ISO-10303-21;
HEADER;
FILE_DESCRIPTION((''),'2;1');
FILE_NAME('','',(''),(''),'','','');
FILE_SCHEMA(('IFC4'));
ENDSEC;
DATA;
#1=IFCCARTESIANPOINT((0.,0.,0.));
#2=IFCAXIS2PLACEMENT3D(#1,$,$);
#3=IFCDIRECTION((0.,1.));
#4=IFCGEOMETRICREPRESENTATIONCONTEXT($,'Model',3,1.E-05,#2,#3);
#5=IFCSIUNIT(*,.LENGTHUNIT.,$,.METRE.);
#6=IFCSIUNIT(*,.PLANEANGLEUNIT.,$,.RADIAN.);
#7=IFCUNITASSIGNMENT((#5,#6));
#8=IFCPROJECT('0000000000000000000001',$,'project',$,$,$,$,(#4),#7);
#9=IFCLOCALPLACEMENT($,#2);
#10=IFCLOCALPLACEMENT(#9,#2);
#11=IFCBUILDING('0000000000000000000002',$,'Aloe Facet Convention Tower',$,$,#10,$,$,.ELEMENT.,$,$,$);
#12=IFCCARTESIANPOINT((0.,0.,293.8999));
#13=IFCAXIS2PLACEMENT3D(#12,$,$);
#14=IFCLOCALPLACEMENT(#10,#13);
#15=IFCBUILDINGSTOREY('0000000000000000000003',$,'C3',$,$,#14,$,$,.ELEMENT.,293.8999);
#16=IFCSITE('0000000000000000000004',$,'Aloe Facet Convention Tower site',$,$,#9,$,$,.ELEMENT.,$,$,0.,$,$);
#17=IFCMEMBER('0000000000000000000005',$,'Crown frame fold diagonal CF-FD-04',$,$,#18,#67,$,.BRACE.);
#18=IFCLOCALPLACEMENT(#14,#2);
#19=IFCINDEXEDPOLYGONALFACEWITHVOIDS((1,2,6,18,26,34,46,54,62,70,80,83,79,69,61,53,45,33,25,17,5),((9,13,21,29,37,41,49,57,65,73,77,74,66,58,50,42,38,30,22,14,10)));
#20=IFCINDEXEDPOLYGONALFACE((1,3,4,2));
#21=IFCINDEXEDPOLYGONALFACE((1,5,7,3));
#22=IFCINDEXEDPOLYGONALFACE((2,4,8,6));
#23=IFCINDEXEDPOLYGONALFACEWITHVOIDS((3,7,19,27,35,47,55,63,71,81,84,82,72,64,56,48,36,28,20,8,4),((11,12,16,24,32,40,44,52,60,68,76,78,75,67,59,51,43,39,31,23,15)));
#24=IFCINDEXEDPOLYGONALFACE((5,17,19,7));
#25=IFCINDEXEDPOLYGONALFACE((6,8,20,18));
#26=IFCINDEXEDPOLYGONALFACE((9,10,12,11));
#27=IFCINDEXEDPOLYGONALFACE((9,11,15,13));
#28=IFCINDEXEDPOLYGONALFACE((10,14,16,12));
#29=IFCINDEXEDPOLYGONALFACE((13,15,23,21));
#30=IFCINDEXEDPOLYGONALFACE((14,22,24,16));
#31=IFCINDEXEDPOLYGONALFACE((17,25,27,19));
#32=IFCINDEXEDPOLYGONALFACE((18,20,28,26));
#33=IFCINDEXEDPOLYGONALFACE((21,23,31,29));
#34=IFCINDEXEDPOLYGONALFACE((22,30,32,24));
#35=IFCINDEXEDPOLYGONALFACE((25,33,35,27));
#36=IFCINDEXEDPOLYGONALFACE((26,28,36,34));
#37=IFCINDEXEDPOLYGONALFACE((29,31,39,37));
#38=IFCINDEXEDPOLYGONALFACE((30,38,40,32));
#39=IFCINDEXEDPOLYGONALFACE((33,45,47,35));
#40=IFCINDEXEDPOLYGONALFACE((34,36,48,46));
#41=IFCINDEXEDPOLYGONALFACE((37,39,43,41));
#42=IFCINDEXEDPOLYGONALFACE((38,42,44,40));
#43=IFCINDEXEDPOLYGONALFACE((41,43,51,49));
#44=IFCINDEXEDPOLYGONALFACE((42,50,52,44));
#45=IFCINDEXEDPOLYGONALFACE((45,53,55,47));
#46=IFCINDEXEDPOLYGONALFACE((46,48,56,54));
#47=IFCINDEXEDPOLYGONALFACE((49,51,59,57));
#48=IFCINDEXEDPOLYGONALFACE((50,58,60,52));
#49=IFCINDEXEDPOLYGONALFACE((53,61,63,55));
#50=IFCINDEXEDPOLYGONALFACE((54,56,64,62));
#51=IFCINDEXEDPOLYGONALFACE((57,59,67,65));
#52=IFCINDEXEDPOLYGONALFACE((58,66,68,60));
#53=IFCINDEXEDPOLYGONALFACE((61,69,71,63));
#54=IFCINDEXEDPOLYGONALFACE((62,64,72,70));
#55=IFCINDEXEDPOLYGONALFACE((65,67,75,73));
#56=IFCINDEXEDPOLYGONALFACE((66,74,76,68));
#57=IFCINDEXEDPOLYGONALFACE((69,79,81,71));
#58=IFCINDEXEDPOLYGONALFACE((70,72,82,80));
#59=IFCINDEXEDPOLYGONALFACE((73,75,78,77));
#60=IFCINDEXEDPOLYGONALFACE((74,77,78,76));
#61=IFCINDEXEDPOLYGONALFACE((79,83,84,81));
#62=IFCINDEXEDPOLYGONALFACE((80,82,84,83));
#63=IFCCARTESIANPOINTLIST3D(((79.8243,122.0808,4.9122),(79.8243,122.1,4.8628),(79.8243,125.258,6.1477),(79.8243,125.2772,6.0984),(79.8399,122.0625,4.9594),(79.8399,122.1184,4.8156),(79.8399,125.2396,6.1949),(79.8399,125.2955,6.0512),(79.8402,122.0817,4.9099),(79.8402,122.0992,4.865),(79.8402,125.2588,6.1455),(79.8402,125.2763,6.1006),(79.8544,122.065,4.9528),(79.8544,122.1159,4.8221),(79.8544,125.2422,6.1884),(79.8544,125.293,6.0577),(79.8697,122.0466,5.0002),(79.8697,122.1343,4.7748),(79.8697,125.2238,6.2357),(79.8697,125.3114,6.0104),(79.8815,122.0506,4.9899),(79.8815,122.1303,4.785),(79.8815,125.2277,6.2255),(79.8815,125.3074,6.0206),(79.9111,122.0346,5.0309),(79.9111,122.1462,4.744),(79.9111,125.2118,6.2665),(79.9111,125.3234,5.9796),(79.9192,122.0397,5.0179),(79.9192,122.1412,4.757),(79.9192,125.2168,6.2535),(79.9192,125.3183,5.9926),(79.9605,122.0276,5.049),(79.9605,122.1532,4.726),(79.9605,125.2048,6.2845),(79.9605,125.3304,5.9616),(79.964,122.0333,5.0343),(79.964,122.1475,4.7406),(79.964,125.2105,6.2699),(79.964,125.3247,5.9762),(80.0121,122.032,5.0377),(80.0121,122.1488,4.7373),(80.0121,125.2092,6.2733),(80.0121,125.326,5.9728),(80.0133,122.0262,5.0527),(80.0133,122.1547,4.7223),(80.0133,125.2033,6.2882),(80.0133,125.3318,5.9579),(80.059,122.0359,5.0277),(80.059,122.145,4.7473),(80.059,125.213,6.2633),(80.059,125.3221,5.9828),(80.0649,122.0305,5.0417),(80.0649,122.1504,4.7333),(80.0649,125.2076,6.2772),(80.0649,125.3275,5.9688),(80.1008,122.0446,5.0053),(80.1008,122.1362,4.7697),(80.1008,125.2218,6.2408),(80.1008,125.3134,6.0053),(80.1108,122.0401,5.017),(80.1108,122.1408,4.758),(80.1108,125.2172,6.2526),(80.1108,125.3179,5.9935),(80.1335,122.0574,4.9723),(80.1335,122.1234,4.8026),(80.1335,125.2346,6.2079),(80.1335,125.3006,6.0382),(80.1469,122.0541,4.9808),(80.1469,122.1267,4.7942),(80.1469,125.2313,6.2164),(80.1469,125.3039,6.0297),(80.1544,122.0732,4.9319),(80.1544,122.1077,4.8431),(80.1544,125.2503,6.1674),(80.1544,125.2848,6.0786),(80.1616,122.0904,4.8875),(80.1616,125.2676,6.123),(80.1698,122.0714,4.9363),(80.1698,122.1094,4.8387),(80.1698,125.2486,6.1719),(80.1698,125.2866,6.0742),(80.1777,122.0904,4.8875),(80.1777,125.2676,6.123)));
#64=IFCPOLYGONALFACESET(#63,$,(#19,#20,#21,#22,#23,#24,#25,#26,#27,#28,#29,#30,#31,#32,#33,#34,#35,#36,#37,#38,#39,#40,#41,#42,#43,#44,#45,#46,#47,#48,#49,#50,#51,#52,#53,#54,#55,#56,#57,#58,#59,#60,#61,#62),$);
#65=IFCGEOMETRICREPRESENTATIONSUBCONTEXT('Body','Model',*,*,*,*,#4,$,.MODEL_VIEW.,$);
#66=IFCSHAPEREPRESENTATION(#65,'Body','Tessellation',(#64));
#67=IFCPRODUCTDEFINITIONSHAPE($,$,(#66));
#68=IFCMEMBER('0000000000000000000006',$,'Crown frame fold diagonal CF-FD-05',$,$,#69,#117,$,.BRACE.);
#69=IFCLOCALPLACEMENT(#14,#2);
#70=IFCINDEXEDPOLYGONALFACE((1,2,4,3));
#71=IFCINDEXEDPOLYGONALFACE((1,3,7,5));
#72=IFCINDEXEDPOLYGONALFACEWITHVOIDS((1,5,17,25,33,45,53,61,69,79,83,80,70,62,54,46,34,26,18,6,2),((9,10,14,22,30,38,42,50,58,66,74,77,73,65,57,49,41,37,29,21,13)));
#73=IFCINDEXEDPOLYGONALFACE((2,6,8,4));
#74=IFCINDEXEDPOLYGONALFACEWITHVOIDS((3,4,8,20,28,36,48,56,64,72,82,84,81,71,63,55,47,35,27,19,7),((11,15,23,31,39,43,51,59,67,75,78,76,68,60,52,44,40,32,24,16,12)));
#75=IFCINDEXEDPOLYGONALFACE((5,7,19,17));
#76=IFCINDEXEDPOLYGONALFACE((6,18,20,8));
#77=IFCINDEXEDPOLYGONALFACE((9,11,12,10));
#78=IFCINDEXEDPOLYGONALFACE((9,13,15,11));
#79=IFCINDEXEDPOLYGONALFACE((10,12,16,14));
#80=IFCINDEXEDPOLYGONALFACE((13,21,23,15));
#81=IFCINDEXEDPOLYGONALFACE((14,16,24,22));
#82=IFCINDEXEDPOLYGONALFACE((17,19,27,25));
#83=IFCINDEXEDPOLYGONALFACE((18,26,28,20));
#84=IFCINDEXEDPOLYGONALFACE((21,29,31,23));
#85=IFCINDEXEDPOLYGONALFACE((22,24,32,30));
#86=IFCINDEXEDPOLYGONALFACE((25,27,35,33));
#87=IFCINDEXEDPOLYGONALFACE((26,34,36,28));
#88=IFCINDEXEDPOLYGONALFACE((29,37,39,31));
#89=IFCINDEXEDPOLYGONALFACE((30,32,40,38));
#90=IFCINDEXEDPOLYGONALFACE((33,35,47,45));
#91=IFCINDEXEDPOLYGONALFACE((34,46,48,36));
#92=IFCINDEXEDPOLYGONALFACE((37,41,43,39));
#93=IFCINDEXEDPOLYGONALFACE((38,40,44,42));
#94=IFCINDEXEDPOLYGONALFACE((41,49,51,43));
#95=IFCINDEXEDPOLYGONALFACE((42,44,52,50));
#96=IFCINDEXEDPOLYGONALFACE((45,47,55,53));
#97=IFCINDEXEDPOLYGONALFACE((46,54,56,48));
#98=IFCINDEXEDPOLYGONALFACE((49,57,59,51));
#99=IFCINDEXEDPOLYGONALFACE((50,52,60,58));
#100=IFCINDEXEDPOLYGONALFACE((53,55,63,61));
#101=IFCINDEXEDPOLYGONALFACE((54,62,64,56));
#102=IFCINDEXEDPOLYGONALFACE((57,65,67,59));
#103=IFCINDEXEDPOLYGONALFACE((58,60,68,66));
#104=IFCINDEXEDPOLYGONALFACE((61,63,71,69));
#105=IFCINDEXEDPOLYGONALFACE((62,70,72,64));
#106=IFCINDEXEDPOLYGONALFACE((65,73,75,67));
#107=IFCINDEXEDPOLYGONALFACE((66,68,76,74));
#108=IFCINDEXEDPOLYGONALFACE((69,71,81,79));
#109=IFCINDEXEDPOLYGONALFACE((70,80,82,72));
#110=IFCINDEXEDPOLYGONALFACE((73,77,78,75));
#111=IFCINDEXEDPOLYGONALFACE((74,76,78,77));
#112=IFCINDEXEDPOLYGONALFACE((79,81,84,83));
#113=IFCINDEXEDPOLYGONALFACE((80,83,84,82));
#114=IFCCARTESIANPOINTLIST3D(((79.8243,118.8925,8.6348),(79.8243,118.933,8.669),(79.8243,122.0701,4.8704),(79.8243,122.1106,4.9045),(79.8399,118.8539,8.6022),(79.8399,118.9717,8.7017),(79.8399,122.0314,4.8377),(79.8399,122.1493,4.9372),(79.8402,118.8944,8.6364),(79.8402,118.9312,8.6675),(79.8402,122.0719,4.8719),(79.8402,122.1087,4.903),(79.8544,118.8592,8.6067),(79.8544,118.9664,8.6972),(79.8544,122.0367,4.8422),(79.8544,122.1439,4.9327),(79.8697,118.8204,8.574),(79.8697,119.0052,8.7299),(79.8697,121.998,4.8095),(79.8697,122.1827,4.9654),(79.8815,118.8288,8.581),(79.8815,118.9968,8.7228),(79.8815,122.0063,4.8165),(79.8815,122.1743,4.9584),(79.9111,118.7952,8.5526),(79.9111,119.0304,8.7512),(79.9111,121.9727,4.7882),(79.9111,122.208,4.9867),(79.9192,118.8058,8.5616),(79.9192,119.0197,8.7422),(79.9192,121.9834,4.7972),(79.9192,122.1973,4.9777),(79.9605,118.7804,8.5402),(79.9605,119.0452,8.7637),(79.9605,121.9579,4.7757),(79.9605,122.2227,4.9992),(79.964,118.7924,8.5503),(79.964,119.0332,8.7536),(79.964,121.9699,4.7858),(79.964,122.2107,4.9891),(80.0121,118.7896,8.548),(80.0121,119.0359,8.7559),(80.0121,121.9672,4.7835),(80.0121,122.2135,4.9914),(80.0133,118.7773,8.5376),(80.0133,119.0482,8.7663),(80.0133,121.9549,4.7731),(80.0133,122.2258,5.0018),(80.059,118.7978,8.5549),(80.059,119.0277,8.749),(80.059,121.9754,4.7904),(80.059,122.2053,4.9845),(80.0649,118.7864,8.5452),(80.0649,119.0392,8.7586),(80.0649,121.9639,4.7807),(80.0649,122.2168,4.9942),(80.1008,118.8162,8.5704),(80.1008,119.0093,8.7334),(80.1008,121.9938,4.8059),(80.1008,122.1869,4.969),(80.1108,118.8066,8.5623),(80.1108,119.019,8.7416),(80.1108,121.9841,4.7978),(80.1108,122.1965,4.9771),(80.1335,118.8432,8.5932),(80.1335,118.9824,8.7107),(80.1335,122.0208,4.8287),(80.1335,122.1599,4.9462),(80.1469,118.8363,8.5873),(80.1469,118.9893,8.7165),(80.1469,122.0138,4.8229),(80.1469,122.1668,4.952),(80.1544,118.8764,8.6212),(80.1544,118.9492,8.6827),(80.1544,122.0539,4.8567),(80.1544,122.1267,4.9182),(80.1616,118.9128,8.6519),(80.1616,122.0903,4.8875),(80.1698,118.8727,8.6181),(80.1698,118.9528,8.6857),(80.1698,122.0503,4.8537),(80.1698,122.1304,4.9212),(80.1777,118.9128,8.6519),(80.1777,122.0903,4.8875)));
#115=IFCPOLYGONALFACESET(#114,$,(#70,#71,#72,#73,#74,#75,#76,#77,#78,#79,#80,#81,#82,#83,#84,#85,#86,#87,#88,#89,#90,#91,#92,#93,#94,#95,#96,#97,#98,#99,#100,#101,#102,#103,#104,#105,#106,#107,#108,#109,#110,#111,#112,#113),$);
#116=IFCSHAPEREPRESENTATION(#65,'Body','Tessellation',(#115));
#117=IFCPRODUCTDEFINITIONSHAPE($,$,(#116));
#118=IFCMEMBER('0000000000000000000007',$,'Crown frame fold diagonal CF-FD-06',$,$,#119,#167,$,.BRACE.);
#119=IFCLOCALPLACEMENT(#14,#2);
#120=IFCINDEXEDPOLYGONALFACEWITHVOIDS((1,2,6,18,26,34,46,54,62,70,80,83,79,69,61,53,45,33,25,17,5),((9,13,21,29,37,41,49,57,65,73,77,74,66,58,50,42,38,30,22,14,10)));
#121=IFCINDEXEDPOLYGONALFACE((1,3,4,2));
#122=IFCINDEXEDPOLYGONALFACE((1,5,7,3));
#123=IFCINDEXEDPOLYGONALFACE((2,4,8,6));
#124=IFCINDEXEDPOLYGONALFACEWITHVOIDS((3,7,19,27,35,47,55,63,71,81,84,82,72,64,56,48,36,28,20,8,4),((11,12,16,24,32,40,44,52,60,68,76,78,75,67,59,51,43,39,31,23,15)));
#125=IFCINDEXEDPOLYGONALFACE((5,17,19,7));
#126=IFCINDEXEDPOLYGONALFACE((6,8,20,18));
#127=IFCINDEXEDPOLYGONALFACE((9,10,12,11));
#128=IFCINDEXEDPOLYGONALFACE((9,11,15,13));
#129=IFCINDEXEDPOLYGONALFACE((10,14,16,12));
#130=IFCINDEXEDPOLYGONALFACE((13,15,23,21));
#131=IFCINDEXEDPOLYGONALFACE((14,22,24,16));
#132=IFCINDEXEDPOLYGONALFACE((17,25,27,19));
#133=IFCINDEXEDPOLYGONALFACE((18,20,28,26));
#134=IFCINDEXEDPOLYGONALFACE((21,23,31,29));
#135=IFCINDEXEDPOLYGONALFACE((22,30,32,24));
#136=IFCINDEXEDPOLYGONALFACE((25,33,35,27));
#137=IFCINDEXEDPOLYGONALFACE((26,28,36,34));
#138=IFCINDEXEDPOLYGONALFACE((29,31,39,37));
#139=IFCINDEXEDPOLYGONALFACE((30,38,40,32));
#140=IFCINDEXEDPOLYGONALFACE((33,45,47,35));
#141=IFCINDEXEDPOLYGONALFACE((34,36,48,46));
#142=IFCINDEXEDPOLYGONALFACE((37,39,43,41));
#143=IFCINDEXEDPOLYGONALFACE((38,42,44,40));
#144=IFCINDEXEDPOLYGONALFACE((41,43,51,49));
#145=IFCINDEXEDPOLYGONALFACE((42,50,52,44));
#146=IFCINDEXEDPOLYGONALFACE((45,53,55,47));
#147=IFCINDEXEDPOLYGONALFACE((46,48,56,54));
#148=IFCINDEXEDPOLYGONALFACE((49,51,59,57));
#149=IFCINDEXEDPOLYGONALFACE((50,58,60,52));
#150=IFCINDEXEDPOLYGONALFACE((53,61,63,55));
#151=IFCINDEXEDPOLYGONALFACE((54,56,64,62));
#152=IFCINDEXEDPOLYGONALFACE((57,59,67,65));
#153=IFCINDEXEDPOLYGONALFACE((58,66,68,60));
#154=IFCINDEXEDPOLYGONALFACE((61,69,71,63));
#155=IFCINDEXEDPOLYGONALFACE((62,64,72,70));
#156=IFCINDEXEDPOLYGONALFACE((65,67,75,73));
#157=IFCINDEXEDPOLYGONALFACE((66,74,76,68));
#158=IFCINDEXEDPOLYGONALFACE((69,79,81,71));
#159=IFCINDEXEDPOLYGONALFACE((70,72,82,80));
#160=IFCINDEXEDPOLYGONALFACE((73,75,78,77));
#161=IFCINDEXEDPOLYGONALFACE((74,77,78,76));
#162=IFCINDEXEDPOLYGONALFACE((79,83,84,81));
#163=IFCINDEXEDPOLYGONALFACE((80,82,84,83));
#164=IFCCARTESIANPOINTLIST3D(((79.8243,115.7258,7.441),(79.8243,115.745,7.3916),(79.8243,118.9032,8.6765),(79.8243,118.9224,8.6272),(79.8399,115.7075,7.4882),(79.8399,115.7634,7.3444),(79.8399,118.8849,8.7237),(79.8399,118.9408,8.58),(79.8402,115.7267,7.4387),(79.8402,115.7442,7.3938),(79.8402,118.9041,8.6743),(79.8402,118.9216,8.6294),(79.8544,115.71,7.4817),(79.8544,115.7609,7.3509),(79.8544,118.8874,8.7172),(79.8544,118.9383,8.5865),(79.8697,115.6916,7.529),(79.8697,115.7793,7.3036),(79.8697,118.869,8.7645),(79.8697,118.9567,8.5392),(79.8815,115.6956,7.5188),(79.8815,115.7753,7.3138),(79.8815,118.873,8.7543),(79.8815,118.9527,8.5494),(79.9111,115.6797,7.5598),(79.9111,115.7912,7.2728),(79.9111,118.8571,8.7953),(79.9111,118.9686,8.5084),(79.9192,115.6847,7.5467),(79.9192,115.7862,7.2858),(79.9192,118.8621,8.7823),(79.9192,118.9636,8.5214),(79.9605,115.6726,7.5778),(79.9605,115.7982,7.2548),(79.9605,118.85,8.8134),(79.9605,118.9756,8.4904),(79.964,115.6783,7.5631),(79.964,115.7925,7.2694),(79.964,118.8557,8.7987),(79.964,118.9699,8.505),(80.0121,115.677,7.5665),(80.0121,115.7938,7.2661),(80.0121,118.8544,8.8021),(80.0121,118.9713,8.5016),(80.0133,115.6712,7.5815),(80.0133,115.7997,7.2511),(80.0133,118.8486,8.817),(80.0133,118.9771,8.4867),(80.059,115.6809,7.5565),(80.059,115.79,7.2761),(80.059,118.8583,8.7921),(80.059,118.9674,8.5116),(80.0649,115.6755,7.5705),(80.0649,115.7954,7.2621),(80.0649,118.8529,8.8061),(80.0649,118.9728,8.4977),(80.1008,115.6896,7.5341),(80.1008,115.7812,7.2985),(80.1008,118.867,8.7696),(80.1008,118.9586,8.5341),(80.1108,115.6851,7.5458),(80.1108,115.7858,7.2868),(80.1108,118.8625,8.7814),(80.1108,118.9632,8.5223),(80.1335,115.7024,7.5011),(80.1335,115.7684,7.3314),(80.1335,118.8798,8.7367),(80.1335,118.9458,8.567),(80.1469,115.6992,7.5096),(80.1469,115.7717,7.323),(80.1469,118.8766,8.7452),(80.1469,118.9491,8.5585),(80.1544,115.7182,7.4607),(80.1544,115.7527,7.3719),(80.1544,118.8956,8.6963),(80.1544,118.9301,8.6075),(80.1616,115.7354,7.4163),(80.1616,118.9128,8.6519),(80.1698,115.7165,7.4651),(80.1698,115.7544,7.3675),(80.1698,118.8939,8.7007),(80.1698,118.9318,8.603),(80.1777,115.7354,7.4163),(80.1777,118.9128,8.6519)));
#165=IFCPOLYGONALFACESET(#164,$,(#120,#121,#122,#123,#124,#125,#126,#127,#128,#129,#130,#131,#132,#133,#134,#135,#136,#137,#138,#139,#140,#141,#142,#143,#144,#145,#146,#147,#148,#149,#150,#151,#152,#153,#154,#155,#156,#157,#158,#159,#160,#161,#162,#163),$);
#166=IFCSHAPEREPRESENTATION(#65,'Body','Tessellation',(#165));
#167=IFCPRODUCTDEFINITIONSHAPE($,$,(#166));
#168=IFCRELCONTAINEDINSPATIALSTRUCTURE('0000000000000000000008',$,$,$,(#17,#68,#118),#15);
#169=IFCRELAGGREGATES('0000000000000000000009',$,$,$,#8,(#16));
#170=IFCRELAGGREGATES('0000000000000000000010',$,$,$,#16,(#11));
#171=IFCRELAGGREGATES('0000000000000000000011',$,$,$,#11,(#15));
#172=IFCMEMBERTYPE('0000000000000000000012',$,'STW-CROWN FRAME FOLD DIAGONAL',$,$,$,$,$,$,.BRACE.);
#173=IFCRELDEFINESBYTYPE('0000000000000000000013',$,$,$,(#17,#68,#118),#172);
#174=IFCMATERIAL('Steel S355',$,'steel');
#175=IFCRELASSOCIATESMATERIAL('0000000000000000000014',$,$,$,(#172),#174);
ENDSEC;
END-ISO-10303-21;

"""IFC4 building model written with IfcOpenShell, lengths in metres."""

from ifc_helpers import new_model, si_unit, direction, frame, origin, origin_2d, place, context, subcontext, project, spatial, hollow_circle, extrude, material, material_profile, profile_set, type_object, element, save


model = new_model("IFC4")

# Units and contexts
model_context = context("Model", 3, precision=1e-05, world=origin(), true_north=direction((0.0, 1.0)))
body_context = subcontext(model_context, "Body", "Model", "MODEL_VIEW")
ifc_project = project(units=[si_unit("LENGTHUNIT", "METRE"), si_unit("PLANEANGLEUNIT", "RADIAN")], contexts=[model_context])

# Site, building, storey
site_placement = place(None, origin())
site = spatial("IfcSite", under=ifc_project, at=site_placement, Name="Aloe Facet Convention Tower site", CompositionType="ELEMENT", RefElevation=0.0)
building_placement = place(site_placement, origin())
building = spatial("IfcBuilding", under=site, at=building_placement, Name="Aloe Facet Convention Tower", CompositionType="ELEMENT")
storey_placement = place(building_placement, frame((0.0, 0.0, 293.8999)))
storey = spatial("IfcBuildingStorey", under=building, at=storey_placement, Name="C3", CompositionType="ELEMENT", Elevation=293.8999)

# Members
ifc_material_1 = material(Name="Steel S355", Category="steel")
ifc_material_profile_1 = material_profile(ifc_material_1, hollow_circle(Radius=0.1777, WallThickness=0.0161, at=origin_2d()), Name="CHS 355.6x16")
ifc_profile_set_1 = profile_set([ifc_material_profile_1], Name="Steel S355")
member_type_1 = type_object("IfcMemberType", Name="STW-CROWN FRAME FOLD DIAGONAL", PredefinedType="BRACE", material=ifc_profile_set_1)
member_1_placement = place(storey_placement, frame((80.0, 125.2676, 6.123), z_axis=(0.0, -0.932005, -0.362446), x_axis=(1.0, 0.0, 0.0)))
element("IfcMember", 1, at=member_1_placement, inside=storey, type_object=member_type_1, Name="Crown frame fold diagonal CF-FD-04", PredefinedType="BRACE", context=body_context, shape_type="SweptSolid", body=[
    extrude(hollow_circle(Radius=0.1777, WallThickness=0.0161, at=origin_2d()), origin(), (0.0, 0.0, 1.0), 3.4089),
])
member_2_placement = place(storey_placement, frame((80.0, 122.0903, 4.8875), z_axis=(0.0, -0.645022, 0.764164), x_axis=(1.0, 0.0, 0.0)))
element("IfcMember", 2, at=member_2_placement, inside=storey, type_object=member_type_1, Name="Crown frame fold diagonal CF-FD-05", PredefinedType="BRACE", context=body_context, shape_type="SweptSolid", body=[
    extrude(hollow_circle(Radius=0.1777, WallThickness=0.0161, at=origin_2d()), origin(), (0.0, 0.0, 1.0), 4.9263),
])
member_3_placement = place(storey_placement, frame((80.0, 118.9128, 8.6519), z_axis=(0.0, -0.932014, -0.362422), x_axis=(1.0, 0.0, 0.0)))
element("IfcMember", 3, at=member_3_placement, inside=storey, type_object=member_type_1, Name="Crown frame fold diagonal CF-FD-06", PredefinedType="BRACE", context=body_context, shape_type="SweptSolid", body=[
    extrude(hollow_circle(Radius=0.1777, WallThickness=0.0161, at=origin_2d()), origin(), (0.0, 0.0, 1.0), 3.4092),
])

save(model, "model.ifc")
